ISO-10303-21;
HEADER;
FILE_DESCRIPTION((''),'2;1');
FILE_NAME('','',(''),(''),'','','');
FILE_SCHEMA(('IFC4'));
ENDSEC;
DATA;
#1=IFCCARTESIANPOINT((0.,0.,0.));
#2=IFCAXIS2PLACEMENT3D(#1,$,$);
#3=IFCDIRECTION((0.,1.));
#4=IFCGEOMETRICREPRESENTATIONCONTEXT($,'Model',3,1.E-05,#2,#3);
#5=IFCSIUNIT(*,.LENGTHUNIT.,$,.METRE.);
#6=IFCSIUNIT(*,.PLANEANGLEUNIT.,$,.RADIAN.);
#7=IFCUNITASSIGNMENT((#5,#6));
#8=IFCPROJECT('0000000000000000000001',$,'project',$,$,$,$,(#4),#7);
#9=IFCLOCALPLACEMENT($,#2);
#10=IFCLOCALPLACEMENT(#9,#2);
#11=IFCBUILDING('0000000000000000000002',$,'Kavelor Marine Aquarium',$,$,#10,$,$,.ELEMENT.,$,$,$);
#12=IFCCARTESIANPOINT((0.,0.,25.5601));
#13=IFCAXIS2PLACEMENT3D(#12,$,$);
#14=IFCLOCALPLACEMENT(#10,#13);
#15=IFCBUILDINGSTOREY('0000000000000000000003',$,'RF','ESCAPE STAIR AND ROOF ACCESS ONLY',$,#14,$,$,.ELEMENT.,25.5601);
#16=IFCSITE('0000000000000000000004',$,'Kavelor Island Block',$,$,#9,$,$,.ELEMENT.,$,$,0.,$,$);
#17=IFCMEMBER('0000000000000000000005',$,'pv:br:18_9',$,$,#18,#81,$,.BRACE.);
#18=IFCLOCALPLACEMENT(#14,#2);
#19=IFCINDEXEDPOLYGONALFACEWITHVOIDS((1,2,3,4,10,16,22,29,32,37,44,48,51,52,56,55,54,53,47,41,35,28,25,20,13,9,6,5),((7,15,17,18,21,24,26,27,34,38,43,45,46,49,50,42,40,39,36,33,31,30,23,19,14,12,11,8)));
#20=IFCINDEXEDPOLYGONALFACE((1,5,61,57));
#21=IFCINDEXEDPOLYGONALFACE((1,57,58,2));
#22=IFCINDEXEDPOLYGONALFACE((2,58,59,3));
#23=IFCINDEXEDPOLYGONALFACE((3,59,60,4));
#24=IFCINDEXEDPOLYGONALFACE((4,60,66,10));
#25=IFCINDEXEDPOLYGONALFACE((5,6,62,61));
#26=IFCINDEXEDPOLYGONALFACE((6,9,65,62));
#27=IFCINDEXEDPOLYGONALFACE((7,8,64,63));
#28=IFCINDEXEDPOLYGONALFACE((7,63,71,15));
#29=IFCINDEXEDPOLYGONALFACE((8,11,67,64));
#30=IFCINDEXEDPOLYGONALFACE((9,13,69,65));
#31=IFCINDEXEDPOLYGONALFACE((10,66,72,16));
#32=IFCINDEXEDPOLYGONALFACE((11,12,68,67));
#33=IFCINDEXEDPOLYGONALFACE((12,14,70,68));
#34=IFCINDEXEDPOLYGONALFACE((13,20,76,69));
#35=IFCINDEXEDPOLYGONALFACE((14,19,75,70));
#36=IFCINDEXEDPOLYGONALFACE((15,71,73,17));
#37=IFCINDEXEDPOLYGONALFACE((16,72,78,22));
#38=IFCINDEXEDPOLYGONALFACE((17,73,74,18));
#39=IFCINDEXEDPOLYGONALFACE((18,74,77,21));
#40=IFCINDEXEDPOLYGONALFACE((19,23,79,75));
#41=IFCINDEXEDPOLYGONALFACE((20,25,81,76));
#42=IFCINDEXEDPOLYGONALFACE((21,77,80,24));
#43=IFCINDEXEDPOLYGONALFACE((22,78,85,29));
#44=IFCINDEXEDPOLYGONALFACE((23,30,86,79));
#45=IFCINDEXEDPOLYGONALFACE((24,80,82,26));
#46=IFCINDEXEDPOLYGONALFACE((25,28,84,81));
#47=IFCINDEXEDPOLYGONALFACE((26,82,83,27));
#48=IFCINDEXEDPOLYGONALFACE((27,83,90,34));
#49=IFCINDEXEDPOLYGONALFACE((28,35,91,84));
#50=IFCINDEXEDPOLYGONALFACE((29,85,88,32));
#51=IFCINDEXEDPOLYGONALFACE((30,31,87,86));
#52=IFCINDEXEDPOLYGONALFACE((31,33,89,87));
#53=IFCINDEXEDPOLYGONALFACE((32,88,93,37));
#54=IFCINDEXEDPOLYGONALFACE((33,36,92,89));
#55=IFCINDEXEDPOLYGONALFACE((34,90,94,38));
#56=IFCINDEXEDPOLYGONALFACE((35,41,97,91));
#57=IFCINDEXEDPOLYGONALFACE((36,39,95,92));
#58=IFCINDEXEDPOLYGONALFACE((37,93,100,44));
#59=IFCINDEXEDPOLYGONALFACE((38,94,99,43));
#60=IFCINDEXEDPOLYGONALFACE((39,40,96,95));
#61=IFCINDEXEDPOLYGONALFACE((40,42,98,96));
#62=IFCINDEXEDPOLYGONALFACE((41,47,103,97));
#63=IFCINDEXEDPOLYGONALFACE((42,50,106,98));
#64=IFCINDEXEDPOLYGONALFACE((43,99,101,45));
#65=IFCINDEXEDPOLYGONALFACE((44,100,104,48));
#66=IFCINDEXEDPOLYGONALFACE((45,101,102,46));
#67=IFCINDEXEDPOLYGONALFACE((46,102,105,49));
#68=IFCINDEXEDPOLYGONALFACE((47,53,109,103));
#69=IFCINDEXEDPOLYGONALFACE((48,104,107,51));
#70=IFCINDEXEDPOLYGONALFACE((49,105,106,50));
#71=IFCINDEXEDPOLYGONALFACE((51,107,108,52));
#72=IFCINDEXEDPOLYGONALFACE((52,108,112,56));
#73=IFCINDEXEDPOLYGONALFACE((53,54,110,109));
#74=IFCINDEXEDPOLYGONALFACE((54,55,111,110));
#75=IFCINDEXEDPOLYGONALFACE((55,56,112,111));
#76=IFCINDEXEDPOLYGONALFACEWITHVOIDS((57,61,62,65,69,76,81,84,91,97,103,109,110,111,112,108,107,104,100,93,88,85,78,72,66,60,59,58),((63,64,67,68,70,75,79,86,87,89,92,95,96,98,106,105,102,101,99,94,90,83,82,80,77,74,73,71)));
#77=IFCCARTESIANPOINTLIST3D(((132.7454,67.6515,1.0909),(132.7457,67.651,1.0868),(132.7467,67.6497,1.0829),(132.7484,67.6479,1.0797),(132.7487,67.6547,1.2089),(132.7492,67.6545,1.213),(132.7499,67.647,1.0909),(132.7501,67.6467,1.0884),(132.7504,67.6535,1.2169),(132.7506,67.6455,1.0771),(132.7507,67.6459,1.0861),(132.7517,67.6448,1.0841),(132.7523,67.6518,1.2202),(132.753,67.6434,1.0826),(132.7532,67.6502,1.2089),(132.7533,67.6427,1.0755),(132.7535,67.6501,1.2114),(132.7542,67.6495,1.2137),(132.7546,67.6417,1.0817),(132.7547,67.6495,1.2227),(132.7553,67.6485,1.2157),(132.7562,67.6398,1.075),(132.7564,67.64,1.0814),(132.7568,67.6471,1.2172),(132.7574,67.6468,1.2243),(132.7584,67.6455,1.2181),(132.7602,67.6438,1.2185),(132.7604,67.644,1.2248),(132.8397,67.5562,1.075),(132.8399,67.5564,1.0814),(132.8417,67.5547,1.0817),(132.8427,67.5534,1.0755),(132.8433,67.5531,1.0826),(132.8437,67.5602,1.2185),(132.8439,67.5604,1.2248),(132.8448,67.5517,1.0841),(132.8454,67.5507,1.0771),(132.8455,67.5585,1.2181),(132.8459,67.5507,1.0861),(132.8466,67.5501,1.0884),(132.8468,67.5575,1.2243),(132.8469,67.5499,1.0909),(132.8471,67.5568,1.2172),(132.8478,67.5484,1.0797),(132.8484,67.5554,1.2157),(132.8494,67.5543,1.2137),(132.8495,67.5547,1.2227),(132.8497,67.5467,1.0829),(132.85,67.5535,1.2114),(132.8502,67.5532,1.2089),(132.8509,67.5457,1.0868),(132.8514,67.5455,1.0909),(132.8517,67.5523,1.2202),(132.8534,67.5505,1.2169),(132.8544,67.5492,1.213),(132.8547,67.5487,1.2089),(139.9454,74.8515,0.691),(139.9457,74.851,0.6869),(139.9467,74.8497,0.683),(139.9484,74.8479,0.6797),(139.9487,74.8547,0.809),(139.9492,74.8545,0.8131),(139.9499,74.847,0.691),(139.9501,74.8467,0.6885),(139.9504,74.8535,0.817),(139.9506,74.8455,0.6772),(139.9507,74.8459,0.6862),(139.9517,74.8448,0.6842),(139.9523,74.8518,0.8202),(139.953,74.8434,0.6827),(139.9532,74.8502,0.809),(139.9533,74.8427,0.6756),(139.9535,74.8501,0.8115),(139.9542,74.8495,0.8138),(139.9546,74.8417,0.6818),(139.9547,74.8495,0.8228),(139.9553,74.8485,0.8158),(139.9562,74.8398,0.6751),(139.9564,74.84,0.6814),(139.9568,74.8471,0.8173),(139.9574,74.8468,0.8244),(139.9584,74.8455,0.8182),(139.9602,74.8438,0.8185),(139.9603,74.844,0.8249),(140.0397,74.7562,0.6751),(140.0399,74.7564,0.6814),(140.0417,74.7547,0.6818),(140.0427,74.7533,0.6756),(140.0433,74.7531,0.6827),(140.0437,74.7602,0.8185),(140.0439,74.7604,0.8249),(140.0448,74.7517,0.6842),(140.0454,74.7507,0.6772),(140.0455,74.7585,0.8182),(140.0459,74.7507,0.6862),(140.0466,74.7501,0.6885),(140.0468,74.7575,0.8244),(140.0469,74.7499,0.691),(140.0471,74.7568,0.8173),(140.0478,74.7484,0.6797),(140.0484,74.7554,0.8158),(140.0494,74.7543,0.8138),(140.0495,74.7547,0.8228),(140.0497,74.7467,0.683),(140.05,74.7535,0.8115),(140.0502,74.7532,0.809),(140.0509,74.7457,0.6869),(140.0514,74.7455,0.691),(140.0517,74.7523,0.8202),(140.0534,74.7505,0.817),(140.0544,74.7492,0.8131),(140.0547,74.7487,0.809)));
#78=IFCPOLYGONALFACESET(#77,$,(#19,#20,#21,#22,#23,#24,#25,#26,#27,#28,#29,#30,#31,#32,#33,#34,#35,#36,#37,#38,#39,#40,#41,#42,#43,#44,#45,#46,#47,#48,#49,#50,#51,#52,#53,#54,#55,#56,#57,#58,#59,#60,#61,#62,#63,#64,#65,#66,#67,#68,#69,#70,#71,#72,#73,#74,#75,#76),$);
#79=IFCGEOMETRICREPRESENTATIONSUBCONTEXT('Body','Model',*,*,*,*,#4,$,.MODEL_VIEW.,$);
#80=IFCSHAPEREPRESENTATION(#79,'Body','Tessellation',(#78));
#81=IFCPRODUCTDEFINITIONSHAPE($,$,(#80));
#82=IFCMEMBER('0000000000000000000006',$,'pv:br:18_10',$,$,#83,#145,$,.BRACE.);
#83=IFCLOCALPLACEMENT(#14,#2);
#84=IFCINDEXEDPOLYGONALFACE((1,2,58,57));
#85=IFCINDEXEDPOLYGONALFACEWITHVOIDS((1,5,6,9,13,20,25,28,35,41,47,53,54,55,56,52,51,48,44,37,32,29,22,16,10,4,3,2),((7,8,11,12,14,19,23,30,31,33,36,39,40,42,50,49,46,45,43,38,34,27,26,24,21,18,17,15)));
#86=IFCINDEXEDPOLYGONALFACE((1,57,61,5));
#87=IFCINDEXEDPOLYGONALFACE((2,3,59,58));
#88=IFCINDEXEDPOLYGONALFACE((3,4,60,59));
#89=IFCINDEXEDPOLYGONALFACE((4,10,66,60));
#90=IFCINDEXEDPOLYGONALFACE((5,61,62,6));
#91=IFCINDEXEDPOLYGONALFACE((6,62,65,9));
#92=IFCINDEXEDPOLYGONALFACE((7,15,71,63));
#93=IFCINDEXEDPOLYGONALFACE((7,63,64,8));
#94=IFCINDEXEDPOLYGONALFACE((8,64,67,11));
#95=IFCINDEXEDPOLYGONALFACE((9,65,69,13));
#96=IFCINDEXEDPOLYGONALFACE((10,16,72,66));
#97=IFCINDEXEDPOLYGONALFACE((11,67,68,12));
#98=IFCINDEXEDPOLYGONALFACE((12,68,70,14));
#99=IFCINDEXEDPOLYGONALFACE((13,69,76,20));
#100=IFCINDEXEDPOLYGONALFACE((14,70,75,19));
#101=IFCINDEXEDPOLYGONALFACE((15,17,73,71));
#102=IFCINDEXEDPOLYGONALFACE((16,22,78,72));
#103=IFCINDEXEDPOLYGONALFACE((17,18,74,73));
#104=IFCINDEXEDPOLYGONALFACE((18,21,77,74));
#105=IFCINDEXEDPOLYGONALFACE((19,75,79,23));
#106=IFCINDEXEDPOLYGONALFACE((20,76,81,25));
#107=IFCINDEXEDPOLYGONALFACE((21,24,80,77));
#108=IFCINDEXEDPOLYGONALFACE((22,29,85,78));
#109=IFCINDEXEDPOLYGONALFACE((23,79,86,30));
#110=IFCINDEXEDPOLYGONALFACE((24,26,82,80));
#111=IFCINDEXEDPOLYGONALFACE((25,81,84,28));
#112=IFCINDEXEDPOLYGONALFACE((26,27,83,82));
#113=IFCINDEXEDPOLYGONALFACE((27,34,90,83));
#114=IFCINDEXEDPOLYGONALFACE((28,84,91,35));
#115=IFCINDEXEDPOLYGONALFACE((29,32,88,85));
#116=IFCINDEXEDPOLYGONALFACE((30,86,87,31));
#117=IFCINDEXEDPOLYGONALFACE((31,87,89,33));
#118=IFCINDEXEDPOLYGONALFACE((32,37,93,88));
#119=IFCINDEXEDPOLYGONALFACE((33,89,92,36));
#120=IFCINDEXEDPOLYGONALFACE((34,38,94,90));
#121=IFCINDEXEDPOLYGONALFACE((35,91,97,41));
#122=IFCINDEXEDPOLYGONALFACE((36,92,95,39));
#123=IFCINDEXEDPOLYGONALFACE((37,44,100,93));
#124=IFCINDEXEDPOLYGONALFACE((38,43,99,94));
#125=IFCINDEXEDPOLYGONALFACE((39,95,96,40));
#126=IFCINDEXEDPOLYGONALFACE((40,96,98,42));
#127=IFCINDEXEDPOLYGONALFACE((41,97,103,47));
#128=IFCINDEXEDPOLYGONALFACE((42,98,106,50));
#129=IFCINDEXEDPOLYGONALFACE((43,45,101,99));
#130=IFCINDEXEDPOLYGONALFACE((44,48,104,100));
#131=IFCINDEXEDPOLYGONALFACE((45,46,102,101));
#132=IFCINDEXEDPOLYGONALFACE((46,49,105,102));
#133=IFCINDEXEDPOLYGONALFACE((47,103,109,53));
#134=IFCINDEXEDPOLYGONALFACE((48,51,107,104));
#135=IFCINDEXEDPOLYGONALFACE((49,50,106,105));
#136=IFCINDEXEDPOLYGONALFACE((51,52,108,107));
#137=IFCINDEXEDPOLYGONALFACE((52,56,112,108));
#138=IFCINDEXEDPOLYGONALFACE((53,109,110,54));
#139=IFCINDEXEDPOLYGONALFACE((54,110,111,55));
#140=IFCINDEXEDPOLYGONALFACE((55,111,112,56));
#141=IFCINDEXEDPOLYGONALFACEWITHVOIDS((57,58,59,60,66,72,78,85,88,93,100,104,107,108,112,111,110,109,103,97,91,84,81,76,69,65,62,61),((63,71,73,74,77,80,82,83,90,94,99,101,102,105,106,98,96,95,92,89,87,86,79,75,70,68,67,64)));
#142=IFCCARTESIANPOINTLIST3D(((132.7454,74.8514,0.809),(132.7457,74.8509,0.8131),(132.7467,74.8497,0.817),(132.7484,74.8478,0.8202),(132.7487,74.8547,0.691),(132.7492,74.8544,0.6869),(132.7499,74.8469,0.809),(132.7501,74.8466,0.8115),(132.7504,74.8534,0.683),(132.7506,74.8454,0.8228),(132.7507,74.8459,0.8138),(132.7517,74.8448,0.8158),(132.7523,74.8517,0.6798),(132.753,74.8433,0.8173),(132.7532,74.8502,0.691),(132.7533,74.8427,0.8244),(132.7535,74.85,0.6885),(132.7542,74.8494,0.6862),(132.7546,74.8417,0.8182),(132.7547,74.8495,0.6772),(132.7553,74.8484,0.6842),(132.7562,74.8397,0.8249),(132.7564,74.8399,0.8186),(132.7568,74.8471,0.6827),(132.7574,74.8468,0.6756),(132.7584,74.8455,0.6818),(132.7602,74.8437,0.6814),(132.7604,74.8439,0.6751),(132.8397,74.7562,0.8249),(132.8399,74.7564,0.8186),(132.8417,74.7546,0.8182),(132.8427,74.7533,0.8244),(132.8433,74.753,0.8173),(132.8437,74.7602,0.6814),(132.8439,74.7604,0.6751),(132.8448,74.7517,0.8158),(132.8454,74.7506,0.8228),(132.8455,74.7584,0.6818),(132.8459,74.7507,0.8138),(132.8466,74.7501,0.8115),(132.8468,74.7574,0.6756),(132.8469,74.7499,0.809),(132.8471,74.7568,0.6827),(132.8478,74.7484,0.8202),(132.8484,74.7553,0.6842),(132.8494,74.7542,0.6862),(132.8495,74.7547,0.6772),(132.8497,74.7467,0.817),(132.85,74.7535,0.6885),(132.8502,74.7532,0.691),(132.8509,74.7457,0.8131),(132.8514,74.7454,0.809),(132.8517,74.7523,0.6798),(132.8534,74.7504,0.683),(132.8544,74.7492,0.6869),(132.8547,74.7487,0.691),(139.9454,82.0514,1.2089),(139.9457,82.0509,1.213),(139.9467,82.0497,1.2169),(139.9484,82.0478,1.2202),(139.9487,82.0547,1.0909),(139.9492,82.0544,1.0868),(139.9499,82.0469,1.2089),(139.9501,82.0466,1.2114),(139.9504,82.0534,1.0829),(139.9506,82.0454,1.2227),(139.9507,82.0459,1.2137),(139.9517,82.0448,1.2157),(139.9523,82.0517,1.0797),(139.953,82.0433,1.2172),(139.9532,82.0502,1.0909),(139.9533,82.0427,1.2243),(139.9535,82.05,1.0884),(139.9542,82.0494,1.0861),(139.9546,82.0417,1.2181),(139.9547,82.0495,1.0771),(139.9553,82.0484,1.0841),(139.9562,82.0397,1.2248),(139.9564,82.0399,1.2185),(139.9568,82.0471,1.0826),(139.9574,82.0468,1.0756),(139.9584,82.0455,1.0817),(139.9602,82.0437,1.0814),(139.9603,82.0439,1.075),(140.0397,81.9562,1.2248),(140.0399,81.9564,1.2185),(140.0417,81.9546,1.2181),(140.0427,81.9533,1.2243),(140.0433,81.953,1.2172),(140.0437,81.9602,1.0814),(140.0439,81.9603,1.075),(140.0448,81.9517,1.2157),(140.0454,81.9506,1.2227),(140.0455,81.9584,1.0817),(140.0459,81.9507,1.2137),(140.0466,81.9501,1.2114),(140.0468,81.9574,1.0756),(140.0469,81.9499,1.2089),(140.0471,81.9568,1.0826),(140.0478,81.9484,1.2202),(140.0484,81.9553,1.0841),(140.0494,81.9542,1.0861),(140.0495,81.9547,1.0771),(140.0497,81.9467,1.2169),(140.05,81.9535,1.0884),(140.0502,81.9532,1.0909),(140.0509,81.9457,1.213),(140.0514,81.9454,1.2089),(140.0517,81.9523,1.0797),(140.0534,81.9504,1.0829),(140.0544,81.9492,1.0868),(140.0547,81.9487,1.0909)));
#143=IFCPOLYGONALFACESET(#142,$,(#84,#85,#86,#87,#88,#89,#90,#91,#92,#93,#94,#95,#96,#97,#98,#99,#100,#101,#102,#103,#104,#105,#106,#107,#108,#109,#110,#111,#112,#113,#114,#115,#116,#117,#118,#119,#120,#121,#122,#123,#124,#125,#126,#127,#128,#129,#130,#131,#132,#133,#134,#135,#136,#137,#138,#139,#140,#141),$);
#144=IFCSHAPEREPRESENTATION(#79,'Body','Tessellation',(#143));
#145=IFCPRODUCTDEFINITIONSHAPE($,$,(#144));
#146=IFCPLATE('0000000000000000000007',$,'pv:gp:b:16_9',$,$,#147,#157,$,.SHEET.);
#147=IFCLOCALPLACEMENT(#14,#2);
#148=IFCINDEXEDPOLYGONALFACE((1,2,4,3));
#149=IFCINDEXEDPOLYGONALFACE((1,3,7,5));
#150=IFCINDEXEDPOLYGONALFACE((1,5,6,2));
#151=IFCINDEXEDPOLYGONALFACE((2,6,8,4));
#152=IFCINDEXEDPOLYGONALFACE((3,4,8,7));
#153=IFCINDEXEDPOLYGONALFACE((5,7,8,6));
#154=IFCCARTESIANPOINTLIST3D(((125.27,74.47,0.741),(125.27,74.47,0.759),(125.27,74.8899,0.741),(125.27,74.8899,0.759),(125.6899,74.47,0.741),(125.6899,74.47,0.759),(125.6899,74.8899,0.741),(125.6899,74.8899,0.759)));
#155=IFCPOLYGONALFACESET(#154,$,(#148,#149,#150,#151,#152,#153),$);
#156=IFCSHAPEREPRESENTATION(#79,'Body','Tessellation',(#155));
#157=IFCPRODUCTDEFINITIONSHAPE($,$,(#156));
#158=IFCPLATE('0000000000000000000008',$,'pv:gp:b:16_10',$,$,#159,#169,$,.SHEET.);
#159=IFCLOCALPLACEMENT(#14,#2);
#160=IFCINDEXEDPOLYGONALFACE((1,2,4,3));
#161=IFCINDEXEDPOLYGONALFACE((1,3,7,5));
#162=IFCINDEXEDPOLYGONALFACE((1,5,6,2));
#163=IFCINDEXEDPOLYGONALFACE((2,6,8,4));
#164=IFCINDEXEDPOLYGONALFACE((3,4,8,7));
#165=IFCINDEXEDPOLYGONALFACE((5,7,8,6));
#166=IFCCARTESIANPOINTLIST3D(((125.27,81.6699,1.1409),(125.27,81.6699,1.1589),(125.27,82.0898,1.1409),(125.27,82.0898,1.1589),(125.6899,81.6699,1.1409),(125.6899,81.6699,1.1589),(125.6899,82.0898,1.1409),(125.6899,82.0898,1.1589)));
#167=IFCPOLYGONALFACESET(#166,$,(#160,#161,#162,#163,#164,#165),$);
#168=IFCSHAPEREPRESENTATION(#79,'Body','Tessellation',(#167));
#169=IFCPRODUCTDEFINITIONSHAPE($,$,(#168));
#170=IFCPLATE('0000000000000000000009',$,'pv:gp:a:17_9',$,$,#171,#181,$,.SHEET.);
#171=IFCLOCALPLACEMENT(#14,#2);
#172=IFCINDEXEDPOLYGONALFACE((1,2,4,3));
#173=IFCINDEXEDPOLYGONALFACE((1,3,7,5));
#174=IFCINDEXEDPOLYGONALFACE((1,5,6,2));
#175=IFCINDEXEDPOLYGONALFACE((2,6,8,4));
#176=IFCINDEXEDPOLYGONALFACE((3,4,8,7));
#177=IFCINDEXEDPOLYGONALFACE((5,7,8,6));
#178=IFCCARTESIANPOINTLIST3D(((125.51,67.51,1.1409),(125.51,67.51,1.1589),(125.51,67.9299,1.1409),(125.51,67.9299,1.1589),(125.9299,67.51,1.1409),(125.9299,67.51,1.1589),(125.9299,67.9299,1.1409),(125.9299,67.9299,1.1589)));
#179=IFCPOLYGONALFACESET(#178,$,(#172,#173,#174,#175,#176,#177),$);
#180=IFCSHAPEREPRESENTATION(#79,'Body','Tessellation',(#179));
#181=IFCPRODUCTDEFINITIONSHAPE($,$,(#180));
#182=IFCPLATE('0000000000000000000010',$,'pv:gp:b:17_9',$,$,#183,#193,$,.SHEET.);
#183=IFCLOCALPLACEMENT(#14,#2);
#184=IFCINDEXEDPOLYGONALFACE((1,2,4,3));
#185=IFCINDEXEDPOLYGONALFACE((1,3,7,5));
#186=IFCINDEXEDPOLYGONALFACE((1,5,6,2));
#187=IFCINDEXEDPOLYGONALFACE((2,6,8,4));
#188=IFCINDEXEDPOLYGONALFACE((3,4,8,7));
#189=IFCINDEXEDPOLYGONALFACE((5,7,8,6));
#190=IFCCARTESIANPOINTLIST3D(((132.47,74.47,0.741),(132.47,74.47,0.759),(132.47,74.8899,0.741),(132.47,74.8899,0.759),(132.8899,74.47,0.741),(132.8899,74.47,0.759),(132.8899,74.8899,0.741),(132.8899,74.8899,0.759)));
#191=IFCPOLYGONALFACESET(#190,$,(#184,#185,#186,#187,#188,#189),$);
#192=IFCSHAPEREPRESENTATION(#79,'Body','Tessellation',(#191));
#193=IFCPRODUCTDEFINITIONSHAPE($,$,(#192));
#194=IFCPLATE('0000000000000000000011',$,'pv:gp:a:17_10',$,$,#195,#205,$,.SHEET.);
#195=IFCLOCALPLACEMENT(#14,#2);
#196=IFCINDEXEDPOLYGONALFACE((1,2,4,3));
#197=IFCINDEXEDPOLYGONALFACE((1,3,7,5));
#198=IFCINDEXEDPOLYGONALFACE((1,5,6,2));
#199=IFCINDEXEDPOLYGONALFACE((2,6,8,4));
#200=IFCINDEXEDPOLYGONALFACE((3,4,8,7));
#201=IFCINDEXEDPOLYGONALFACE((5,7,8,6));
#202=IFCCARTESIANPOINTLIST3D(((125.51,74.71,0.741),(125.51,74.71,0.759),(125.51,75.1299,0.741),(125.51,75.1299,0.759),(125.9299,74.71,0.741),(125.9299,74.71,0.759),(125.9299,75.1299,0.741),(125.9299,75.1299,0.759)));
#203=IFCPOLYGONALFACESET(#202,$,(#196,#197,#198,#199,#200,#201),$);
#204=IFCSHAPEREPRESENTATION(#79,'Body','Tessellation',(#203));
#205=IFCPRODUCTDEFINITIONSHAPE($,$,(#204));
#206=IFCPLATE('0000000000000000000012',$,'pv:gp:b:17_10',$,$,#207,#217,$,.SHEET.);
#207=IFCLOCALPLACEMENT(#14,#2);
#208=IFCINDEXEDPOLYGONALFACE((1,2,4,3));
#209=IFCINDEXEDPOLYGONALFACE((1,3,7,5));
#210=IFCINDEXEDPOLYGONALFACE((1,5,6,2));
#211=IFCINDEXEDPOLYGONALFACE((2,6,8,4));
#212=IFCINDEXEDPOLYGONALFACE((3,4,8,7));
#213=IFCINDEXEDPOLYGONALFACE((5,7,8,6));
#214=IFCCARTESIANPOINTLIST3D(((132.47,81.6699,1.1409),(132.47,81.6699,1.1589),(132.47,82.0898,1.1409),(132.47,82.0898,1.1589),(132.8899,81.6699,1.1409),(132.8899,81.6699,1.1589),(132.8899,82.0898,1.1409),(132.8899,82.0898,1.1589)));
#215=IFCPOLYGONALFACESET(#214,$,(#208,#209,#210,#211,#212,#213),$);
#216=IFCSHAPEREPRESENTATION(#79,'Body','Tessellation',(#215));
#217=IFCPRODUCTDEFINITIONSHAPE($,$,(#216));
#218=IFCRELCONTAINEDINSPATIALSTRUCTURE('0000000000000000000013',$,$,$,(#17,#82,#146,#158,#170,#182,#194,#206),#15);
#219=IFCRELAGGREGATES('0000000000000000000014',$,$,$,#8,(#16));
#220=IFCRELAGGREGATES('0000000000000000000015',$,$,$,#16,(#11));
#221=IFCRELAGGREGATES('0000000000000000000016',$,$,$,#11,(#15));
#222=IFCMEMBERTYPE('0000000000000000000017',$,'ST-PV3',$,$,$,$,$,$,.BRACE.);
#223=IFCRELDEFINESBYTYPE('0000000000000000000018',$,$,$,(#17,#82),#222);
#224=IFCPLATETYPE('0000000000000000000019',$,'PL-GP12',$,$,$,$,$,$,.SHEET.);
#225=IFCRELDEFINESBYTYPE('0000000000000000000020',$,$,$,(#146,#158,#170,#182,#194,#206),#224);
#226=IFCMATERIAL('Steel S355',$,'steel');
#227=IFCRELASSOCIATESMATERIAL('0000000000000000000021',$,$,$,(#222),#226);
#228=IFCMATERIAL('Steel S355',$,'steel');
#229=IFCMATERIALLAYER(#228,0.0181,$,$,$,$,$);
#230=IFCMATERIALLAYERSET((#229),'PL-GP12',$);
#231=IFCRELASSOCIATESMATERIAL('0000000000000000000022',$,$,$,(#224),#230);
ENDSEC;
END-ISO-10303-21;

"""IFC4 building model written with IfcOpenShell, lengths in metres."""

from ifc_helpers import new_model, si_unit, direction, frame, origin, origin_2d, place, context, subcontext, project, spatial, rectangle, hollow_rectangle, extrude, material, layer, layer_set, material_profile, profile_set, type_object, element, save


model = new_model("IFC4")

# Units and contexts
model_context = context("Model", 3, precision=1e-05, world=origin(), true_north=direction((0.0, 1.0)))
body_context = subcontext(model_context, "Body", "Model", "MODEL_VIEW")
ifc_project = project(units=[si_unit("LENGTHUNIT", "METRE"), si_unit("PLANEANGLEUNIT", "RADIAN")], contexts=[model_context])

# Site, building, storey
site_placement = place(None, origin())
site = spatial("IfcSite", under=ifc_project, at=site_placement, Name="Kavelor Island Block", CompositionType="ELEMENT", RefElevation=0.0)
building_placement = place(site_placement, origin())
building = spatial("IfcBuilding", under=site, at=building_placement, Name="Kavelor Marine Aquarium", CompositionType="ELEMENT")
storey_placement = place(building_placement, frame((0.0, 0.0, 25.5601)))
storey = spatial("IfcBuildingStorey", under=building, at=storey_placement, Name="RF", Description="ESCAPE STAIR AND ROOF ACCESS ONLY", CompositionType="ELEMENT", Elevation=25.5601)

# Members
ifc_material_1 = material(Name="Steel S355", Category="steel")
ifc_material_profile_1 = material_profile(ifc_material_1, hollow_rectangle(XDim=0.1499, YDim=0.1499, WallThickness=0.0063, InnerFilletRadius=0.0095, OuterFilletRadius=0.0159, at=origin_2d()), Name="SHS 150x150x6.3")
ifc_profile_set_1 = profile_set([ifc_material_profile_1], Name="Steel S355")
member_type_1 = type_object("IfcMemberType", Name="ST-PV3", PredefinedType="BRACE", material=ifc_profile_set_1)
for number, where, z_axis, x_axis, name in (
    (1, (132.8, 67.6001, 1.1499), (0.706562, 0.706562, -0.039244), (-0.707107, 0.707107, 0.0), "pv:br:18_9"),
    (2, (132.8, 74.8, 0.75), (0.706562, 0.706562, 0.039244), (-0.707107, 0.707107, 0.0), "pv:br:18_10"),
):
    element("IfcMember", number, at=place(storey_placement, frame(where, z_axis=z_axis, x_axis=x_axis)), inside=storey, type_object=member_type_1, Name=name, PredefinedType="BRACE", context=body_context, shape_type="SweptSolid", body=[
        extrude(hollow_rectangle(XDim=0.1499, YDim=0.1499, WallThickness=0.0063, InnerFilletRadius=0.0095, OuterFilletRadius=0.0159, at=origin_2d()), origin(), (0.0, 0.0, 1.0), 10.1902),
    ])

# Plates
ifc_material_2 = material(Name="Steel S355", Category="steel")
ifc_layer_1 = layer(ifc_material_2, 0.0181)
ifc_layer_set_1 = layer_set([ifc_layer_1], Name="PL-GP12")
plate_type = type_object("IfcPlateType", Name="PL-GP12", PredefinedType="SHEET", material=ifc_layer_set_1)
for number, where, z_axis, x_axis, name in (
    (3, (125.48, 74.6799, 0.741), (0.0, 0.0, 1.0), (1.0, 0.0, 0.0), "pv:gp:b:16_9"),
    (4, (125.48, 81.8799, 1.1409), (0.0, 0.0, 1.0), (1.0, 0.0, 0.0), "pv:gp:b:16_10"),
    (5, (125.72, 67.72, 1.1409), (0.0, 0.0, 1.0), (1.0, 0.0, 0.0), "pv:gp:a:17_9"),
    (6, (132.6799, 74.6799, 0.741), (0.0, 0.0, 1.0), (1.0, 0.0, 0.0), "pv:gp:b:17_9"),
    (7, (125.72, 74.9199, 0.741), (0.0, 0.0, 1.0), (1.0, 0.0, 0.0), "pv:gp:a:17_10"),
    (8, (132.6799, 81.8799, 1.1409), (0.0, 0.0, 1.0), (1.0, 0.0, 0.0), "pv:gp:b:17_10"),
):
    element("IfcPlate", number, at=place(storey_placement, frame(where, z_axis=z_axis, x_axis=x_axis)), inside=storey, type_object=plate_type, Name=name, PredefinedType="SHEET", context=body_context, shape_type="SweptSolid", body=[
        extrude(rectangle(XDim=0.4199, YDim=0.4199, at=origin_2d()), origin(), (0.0, 0.0, 1.0), 0.0181),
    ])

save(model, "model.ifc")
